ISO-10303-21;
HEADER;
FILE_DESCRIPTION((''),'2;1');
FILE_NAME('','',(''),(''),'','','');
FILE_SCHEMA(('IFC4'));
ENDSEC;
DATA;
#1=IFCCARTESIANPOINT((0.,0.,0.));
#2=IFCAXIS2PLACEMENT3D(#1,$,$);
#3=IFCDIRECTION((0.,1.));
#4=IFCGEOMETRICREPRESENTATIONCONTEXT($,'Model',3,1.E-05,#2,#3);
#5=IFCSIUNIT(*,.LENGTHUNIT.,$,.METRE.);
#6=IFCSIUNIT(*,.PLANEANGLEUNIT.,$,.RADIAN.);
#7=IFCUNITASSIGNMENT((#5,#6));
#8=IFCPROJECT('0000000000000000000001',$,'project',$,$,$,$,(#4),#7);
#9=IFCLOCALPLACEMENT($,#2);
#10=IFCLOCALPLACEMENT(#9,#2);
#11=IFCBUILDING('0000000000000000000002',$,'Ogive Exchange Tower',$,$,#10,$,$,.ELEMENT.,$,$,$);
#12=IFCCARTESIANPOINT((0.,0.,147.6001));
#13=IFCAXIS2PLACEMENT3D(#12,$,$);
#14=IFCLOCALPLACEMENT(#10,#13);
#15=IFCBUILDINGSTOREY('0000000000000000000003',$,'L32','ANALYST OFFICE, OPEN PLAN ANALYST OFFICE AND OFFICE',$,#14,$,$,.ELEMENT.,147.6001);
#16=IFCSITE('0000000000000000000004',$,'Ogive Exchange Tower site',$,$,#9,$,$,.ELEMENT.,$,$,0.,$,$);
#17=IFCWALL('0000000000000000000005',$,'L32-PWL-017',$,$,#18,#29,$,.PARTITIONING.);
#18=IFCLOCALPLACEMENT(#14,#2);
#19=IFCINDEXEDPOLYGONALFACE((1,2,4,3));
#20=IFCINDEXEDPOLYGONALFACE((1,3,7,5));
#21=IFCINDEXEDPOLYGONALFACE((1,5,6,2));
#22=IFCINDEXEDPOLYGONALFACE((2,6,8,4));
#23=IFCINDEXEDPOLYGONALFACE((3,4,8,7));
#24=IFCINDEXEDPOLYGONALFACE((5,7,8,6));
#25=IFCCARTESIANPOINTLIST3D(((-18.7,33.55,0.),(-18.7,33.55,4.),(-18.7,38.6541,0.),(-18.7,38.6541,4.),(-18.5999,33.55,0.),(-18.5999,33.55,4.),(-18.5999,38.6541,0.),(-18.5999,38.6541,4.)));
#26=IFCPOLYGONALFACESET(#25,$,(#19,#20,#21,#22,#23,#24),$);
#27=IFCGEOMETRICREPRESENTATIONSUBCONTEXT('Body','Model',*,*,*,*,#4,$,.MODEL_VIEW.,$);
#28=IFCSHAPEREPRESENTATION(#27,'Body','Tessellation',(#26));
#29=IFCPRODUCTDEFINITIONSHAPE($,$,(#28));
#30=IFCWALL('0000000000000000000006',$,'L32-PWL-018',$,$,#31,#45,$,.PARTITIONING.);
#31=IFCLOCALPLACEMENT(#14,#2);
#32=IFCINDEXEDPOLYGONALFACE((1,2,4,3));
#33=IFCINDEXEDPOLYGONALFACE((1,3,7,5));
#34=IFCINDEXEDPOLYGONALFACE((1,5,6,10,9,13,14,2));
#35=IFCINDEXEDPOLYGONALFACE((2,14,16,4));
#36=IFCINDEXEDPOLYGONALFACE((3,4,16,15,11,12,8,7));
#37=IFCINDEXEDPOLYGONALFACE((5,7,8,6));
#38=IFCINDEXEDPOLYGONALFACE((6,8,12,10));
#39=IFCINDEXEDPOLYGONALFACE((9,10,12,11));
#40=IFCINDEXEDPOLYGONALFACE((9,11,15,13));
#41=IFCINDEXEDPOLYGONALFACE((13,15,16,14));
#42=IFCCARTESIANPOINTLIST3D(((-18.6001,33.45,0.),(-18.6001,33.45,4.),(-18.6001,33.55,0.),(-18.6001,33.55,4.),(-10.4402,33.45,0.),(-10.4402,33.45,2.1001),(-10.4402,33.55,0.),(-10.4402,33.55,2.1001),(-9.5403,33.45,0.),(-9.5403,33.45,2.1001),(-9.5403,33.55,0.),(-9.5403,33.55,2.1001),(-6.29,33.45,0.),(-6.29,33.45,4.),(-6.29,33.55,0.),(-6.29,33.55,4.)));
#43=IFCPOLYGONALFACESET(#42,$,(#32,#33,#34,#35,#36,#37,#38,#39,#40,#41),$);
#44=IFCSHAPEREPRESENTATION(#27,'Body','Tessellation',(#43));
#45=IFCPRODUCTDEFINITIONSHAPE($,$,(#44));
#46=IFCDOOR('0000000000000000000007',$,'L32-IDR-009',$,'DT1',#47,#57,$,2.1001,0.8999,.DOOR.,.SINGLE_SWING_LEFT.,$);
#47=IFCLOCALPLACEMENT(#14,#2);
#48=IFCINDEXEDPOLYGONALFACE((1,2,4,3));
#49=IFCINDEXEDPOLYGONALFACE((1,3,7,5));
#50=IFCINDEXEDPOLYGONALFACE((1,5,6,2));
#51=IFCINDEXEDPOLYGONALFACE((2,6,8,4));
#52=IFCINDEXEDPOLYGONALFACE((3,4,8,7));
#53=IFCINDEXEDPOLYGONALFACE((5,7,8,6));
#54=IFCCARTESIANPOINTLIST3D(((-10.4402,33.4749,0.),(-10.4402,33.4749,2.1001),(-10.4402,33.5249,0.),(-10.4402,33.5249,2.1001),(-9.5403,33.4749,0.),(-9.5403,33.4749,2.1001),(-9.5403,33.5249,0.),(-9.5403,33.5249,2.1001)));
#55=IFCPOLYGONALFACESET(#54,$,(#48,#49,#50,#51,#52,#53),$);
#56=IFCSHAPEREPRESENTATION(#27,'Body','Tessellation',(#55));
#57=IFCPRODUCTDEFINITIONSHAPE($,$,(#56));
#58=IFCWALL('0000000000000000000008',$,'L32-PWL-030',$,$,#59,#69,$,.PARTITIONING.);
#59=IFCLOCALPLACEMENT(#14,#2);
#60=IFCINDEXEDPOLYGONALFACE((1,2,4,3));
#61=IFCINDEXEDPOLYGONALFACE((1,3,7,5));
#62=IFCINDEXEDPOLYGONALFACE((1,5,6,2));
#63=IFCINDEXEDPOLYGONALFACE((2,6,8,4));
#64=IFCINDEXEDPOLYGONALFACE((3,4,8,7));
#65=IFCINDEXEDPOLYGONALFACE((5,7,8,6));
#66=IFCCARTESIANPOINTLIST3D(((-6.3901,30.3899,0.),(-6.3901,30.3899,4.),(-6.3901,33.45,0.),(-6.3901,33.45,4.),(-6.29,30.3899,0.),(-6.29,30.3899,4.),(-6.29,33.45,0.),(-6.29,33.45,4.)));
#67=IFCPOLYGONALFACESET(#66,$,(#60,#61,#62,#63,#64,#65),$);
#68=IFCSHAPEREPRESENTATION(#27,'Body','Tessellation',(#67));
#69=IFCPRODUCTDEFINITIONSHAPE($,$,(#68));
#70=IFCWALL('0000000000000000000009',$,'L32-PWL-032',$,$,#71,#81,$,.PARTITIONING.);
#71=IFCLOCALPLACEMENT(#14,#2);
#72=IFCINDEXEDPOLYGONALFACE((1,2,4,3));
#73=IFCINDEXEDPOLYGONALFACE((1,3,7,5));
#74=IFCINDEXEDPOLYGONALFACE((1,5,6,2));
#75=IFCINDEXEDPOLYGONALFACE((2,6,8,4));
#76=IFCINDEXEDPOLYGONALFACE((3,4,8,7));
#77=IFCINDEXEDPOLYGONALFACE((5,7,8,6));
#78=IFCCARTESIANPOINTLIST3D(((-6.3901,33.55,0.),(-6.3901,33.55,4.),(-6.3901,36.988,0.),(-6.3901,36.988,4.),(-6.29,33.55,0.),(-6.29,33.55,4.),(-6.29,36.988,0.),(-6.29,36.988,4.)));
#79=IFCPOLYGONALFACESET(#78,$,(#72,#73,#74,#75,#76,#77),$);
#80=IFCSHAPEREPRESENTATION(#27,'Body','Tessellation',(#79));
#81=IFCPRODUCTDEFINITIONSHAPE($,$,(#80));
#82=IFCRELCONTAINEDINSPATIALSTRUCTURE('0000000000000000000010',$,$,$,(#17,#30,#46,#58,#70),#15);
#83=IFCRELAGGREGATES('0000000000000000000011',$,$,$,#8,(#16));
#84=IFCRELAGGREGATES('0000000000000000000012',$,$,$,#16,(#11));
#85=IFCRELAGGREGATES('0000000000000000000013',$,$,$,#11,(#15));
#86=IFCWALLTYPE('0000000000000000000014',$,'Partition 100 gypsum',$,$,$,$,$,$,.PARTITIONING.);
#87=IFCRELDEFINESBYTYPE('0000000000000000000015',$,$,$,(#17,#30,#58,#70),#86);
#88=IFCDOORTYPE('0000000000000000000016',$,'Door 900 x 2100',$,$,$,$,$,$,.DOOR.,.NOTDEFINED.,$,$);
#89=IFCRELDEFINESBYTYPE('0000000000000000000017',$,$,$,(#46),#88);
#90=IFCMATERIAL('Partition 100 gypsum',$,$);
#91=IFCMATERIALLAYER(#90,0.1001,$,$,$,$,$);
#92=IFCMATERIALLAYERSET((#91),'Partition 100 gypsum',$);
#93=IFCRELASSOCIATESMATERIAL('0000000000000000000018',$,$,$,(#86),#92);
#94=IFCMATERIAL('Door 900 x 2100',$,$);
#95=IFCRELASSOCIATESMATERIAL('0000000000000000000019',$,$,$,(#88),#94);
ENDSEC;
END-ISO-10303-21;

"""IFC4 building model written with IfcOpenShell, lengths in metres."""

from ifc_helpers import new_model, si_unit, direction, frame, frame_2d, origin, place, context, subcontext, project, spatial, rectangle, extrude, material, layer, layer_set, type_object, element, fill, save


model = new_model("IFC4")

# Units and contexts
model_context = context("Model", 3, precision=1e-05, world=origin(), true_north=direction((0.0, 1.0)))
body_context = subcontext(model_context, "Body", "Model", "MODEL_VIEW")
ifc_project = project(units=[si_unit("LENGTHUNIT", "METRE"), si_unit("PLANEANGLEUNIT", "RADIAN")], contexts=[model_context])

# Site, building, storey
site_placement = place(None, origin())
site = spatial("IfcSite", under=ifc_project, at=site_placement, Name="Ogive Exchange Tower site", CompositionType="ELEMENT", RefElevation=0.0)
building_placement = place(site_placement, origin())
building = spatial("IfcBuilding", under=site, at=building_placement, Name="Ogive Exchange Tower", CompositionType="ELEMENT")
storey_placement = place(building_placement, frame((0.0, 0.0, 147.6001)))
storey = spatial("IfcBuildingStorey", under=building, at=storey_placement, Name="L32", Description="ANALYST OFFICE, OPEN PLAN ANALYST OFFICE AND OFFICE", CompositionType="ELEMENT", Elevation=147.6001)

# Wall
ifc_material_1 = material(Name="Partition 100 gypsum")
ifc_layer_1 = layer(ifc_material_1, 0.1001)
ifc_layer_set_1 = layer_set([ifc_layer_1], Name="Partition 100 gypsum")
wall_type_1 = type_object("IfcWallType", Name="Partition 100 gypsum", PredefinedType="PARTITIONING", material=ifc_layer_set_1)
wall_1_placement = place(storey_placement, frame((-18.6499, 33.55, 0.0), z_axis=(0.0, 0.0, 1.0), x_axis=(0.0, 1.0, 0.0)))
element("IfcWall", 1, at=wall_1_placement, inside=storey, type_object=wall_type_1, Name="L32-PWL-017", PredefinedType="PARTITIONING", context=body_context, shape_type="SweptSolid", body=[
    extrude(rectangle(XDim=5.104, YDim=0.1001, at=frame_2d((2.552, 0.0))), origin(), (0.0, 0.0, 1.0), 4.0),
])

# Wall, opening, door
wall_2_placement = place(storey_placement, frame((-18.6001, 33.5, 0.0), z_axis=(0.0, 0.0, 1.0), x_axis=(1.0, 0.0, 0.0)))
wall_2 = element("IfcWall", 2, at=wall_2_placement, inside=storey, type_object=wall_type_1, Name="L32-PWL-018", PredefinedType="PARTITIONING", context=body_context, shape_type="SweptSolid", body=[
    extrude(rectangle(XDim=12.3101, YDim=0.1001, at=frame_2d((6.155, 0.0))), origin(), (0.0, 0.0, 1.0), 4.0),
])
opening_1_placement = place(wall_2_placement, frame((8.1599, 0.0, 0.0)))
opening_1 = element("IfcOpeningElement", 3, at=opening_1_placement, cuts=wall_2, PredefinedType="OPENING", context=body_context, shape_type="SweptSolid", body=[
    extrude(rectangle(XDim=0.8999, YDim=2.1001, at=frame_2d((0.45, 1.05))), frame((0.0, 0.0601, 0.0), z_axis=(0.0, -1.0, 0.0), x_axis=(1.0, 0.0, 0.0)), (0.0, 0.0, 1.0), 0.1201),
])
ifc_material_2 = material(Name="Door 900 x 2100")
door_type_1 = type_object("IfcDoorType", Name="Door 900 x 2100", OperationType="NOTDEFINED", PredefinedType="DOOR", material=ifc_material_2)
door_1_placement = place(opening_1_placement, origin())
door_1 = element("IfcDoor", 4, at=door_1_placement, inside=storey, type_object=door_type_1, Name="L32-IDR-009", ObjectType="DT1", OperationType="SINGLE_SWING_LEFT", OverallHeight=2.1001, OverallWidth=0.8999, PredefinedType="DOOR", context=body_context, shape_type="SweptSolid", body=[
    extrude(rectangle(XDim=0.8999, YDim=2.1001, at=frame_2d((0.45, 1.05))), frame((0.0, 0.0249, 0.0), z_axis=(0.0, -1.0, 0.0), x_axis=(1.0, 0.0, 0.0)), (0.0, 0.0, 1.0), 0.05),
])
fill(opening_1, door_1)

# Walls
wall_3_placement = place(storey_placement, frame((-6.3401, 30.3899, 0.0), z_axis=(0.0, 0.0, 1.0), x_axis=(0.0, 1.0, 0.0)))
element("IfcWall", 5, at=wall_3_placement, inside=storey, type_object=wall_type_1, Name="L32-PWL-030", PredefinedType="PARTITIONING", context=body_context, shape_type="SweptSolid", body=[
    extrude(rectangle(XDim=3.0601, YDim=0.1001, at=frame_2d((1.53, 0.0))), origin(), (0.0, 0.0, 1.0), 4.0),
])
wall_4_placement = place(storey_placement, frame((-6.3401, 33.55, 0.0), z_axis=(0.0, 0.0, 1.0), x_axis=(0.0, 1.0, 0.0)))
element("IfcWall", 6, at=wall_4_placement, inside=storey, type_object=wall_type_1, Name="L32-PWL-032", PredefinedType="PARTITIONING", context=body_context, shape_type="SweptSolid", body=[
    extrude(rectangle(XDim=3.438, YDim=0.1001, at=frame_2d((1.719, 0.0))), origin(), (0.0, 0.0, 1.0), 4.0),
])

save(model, "model.ifc")
